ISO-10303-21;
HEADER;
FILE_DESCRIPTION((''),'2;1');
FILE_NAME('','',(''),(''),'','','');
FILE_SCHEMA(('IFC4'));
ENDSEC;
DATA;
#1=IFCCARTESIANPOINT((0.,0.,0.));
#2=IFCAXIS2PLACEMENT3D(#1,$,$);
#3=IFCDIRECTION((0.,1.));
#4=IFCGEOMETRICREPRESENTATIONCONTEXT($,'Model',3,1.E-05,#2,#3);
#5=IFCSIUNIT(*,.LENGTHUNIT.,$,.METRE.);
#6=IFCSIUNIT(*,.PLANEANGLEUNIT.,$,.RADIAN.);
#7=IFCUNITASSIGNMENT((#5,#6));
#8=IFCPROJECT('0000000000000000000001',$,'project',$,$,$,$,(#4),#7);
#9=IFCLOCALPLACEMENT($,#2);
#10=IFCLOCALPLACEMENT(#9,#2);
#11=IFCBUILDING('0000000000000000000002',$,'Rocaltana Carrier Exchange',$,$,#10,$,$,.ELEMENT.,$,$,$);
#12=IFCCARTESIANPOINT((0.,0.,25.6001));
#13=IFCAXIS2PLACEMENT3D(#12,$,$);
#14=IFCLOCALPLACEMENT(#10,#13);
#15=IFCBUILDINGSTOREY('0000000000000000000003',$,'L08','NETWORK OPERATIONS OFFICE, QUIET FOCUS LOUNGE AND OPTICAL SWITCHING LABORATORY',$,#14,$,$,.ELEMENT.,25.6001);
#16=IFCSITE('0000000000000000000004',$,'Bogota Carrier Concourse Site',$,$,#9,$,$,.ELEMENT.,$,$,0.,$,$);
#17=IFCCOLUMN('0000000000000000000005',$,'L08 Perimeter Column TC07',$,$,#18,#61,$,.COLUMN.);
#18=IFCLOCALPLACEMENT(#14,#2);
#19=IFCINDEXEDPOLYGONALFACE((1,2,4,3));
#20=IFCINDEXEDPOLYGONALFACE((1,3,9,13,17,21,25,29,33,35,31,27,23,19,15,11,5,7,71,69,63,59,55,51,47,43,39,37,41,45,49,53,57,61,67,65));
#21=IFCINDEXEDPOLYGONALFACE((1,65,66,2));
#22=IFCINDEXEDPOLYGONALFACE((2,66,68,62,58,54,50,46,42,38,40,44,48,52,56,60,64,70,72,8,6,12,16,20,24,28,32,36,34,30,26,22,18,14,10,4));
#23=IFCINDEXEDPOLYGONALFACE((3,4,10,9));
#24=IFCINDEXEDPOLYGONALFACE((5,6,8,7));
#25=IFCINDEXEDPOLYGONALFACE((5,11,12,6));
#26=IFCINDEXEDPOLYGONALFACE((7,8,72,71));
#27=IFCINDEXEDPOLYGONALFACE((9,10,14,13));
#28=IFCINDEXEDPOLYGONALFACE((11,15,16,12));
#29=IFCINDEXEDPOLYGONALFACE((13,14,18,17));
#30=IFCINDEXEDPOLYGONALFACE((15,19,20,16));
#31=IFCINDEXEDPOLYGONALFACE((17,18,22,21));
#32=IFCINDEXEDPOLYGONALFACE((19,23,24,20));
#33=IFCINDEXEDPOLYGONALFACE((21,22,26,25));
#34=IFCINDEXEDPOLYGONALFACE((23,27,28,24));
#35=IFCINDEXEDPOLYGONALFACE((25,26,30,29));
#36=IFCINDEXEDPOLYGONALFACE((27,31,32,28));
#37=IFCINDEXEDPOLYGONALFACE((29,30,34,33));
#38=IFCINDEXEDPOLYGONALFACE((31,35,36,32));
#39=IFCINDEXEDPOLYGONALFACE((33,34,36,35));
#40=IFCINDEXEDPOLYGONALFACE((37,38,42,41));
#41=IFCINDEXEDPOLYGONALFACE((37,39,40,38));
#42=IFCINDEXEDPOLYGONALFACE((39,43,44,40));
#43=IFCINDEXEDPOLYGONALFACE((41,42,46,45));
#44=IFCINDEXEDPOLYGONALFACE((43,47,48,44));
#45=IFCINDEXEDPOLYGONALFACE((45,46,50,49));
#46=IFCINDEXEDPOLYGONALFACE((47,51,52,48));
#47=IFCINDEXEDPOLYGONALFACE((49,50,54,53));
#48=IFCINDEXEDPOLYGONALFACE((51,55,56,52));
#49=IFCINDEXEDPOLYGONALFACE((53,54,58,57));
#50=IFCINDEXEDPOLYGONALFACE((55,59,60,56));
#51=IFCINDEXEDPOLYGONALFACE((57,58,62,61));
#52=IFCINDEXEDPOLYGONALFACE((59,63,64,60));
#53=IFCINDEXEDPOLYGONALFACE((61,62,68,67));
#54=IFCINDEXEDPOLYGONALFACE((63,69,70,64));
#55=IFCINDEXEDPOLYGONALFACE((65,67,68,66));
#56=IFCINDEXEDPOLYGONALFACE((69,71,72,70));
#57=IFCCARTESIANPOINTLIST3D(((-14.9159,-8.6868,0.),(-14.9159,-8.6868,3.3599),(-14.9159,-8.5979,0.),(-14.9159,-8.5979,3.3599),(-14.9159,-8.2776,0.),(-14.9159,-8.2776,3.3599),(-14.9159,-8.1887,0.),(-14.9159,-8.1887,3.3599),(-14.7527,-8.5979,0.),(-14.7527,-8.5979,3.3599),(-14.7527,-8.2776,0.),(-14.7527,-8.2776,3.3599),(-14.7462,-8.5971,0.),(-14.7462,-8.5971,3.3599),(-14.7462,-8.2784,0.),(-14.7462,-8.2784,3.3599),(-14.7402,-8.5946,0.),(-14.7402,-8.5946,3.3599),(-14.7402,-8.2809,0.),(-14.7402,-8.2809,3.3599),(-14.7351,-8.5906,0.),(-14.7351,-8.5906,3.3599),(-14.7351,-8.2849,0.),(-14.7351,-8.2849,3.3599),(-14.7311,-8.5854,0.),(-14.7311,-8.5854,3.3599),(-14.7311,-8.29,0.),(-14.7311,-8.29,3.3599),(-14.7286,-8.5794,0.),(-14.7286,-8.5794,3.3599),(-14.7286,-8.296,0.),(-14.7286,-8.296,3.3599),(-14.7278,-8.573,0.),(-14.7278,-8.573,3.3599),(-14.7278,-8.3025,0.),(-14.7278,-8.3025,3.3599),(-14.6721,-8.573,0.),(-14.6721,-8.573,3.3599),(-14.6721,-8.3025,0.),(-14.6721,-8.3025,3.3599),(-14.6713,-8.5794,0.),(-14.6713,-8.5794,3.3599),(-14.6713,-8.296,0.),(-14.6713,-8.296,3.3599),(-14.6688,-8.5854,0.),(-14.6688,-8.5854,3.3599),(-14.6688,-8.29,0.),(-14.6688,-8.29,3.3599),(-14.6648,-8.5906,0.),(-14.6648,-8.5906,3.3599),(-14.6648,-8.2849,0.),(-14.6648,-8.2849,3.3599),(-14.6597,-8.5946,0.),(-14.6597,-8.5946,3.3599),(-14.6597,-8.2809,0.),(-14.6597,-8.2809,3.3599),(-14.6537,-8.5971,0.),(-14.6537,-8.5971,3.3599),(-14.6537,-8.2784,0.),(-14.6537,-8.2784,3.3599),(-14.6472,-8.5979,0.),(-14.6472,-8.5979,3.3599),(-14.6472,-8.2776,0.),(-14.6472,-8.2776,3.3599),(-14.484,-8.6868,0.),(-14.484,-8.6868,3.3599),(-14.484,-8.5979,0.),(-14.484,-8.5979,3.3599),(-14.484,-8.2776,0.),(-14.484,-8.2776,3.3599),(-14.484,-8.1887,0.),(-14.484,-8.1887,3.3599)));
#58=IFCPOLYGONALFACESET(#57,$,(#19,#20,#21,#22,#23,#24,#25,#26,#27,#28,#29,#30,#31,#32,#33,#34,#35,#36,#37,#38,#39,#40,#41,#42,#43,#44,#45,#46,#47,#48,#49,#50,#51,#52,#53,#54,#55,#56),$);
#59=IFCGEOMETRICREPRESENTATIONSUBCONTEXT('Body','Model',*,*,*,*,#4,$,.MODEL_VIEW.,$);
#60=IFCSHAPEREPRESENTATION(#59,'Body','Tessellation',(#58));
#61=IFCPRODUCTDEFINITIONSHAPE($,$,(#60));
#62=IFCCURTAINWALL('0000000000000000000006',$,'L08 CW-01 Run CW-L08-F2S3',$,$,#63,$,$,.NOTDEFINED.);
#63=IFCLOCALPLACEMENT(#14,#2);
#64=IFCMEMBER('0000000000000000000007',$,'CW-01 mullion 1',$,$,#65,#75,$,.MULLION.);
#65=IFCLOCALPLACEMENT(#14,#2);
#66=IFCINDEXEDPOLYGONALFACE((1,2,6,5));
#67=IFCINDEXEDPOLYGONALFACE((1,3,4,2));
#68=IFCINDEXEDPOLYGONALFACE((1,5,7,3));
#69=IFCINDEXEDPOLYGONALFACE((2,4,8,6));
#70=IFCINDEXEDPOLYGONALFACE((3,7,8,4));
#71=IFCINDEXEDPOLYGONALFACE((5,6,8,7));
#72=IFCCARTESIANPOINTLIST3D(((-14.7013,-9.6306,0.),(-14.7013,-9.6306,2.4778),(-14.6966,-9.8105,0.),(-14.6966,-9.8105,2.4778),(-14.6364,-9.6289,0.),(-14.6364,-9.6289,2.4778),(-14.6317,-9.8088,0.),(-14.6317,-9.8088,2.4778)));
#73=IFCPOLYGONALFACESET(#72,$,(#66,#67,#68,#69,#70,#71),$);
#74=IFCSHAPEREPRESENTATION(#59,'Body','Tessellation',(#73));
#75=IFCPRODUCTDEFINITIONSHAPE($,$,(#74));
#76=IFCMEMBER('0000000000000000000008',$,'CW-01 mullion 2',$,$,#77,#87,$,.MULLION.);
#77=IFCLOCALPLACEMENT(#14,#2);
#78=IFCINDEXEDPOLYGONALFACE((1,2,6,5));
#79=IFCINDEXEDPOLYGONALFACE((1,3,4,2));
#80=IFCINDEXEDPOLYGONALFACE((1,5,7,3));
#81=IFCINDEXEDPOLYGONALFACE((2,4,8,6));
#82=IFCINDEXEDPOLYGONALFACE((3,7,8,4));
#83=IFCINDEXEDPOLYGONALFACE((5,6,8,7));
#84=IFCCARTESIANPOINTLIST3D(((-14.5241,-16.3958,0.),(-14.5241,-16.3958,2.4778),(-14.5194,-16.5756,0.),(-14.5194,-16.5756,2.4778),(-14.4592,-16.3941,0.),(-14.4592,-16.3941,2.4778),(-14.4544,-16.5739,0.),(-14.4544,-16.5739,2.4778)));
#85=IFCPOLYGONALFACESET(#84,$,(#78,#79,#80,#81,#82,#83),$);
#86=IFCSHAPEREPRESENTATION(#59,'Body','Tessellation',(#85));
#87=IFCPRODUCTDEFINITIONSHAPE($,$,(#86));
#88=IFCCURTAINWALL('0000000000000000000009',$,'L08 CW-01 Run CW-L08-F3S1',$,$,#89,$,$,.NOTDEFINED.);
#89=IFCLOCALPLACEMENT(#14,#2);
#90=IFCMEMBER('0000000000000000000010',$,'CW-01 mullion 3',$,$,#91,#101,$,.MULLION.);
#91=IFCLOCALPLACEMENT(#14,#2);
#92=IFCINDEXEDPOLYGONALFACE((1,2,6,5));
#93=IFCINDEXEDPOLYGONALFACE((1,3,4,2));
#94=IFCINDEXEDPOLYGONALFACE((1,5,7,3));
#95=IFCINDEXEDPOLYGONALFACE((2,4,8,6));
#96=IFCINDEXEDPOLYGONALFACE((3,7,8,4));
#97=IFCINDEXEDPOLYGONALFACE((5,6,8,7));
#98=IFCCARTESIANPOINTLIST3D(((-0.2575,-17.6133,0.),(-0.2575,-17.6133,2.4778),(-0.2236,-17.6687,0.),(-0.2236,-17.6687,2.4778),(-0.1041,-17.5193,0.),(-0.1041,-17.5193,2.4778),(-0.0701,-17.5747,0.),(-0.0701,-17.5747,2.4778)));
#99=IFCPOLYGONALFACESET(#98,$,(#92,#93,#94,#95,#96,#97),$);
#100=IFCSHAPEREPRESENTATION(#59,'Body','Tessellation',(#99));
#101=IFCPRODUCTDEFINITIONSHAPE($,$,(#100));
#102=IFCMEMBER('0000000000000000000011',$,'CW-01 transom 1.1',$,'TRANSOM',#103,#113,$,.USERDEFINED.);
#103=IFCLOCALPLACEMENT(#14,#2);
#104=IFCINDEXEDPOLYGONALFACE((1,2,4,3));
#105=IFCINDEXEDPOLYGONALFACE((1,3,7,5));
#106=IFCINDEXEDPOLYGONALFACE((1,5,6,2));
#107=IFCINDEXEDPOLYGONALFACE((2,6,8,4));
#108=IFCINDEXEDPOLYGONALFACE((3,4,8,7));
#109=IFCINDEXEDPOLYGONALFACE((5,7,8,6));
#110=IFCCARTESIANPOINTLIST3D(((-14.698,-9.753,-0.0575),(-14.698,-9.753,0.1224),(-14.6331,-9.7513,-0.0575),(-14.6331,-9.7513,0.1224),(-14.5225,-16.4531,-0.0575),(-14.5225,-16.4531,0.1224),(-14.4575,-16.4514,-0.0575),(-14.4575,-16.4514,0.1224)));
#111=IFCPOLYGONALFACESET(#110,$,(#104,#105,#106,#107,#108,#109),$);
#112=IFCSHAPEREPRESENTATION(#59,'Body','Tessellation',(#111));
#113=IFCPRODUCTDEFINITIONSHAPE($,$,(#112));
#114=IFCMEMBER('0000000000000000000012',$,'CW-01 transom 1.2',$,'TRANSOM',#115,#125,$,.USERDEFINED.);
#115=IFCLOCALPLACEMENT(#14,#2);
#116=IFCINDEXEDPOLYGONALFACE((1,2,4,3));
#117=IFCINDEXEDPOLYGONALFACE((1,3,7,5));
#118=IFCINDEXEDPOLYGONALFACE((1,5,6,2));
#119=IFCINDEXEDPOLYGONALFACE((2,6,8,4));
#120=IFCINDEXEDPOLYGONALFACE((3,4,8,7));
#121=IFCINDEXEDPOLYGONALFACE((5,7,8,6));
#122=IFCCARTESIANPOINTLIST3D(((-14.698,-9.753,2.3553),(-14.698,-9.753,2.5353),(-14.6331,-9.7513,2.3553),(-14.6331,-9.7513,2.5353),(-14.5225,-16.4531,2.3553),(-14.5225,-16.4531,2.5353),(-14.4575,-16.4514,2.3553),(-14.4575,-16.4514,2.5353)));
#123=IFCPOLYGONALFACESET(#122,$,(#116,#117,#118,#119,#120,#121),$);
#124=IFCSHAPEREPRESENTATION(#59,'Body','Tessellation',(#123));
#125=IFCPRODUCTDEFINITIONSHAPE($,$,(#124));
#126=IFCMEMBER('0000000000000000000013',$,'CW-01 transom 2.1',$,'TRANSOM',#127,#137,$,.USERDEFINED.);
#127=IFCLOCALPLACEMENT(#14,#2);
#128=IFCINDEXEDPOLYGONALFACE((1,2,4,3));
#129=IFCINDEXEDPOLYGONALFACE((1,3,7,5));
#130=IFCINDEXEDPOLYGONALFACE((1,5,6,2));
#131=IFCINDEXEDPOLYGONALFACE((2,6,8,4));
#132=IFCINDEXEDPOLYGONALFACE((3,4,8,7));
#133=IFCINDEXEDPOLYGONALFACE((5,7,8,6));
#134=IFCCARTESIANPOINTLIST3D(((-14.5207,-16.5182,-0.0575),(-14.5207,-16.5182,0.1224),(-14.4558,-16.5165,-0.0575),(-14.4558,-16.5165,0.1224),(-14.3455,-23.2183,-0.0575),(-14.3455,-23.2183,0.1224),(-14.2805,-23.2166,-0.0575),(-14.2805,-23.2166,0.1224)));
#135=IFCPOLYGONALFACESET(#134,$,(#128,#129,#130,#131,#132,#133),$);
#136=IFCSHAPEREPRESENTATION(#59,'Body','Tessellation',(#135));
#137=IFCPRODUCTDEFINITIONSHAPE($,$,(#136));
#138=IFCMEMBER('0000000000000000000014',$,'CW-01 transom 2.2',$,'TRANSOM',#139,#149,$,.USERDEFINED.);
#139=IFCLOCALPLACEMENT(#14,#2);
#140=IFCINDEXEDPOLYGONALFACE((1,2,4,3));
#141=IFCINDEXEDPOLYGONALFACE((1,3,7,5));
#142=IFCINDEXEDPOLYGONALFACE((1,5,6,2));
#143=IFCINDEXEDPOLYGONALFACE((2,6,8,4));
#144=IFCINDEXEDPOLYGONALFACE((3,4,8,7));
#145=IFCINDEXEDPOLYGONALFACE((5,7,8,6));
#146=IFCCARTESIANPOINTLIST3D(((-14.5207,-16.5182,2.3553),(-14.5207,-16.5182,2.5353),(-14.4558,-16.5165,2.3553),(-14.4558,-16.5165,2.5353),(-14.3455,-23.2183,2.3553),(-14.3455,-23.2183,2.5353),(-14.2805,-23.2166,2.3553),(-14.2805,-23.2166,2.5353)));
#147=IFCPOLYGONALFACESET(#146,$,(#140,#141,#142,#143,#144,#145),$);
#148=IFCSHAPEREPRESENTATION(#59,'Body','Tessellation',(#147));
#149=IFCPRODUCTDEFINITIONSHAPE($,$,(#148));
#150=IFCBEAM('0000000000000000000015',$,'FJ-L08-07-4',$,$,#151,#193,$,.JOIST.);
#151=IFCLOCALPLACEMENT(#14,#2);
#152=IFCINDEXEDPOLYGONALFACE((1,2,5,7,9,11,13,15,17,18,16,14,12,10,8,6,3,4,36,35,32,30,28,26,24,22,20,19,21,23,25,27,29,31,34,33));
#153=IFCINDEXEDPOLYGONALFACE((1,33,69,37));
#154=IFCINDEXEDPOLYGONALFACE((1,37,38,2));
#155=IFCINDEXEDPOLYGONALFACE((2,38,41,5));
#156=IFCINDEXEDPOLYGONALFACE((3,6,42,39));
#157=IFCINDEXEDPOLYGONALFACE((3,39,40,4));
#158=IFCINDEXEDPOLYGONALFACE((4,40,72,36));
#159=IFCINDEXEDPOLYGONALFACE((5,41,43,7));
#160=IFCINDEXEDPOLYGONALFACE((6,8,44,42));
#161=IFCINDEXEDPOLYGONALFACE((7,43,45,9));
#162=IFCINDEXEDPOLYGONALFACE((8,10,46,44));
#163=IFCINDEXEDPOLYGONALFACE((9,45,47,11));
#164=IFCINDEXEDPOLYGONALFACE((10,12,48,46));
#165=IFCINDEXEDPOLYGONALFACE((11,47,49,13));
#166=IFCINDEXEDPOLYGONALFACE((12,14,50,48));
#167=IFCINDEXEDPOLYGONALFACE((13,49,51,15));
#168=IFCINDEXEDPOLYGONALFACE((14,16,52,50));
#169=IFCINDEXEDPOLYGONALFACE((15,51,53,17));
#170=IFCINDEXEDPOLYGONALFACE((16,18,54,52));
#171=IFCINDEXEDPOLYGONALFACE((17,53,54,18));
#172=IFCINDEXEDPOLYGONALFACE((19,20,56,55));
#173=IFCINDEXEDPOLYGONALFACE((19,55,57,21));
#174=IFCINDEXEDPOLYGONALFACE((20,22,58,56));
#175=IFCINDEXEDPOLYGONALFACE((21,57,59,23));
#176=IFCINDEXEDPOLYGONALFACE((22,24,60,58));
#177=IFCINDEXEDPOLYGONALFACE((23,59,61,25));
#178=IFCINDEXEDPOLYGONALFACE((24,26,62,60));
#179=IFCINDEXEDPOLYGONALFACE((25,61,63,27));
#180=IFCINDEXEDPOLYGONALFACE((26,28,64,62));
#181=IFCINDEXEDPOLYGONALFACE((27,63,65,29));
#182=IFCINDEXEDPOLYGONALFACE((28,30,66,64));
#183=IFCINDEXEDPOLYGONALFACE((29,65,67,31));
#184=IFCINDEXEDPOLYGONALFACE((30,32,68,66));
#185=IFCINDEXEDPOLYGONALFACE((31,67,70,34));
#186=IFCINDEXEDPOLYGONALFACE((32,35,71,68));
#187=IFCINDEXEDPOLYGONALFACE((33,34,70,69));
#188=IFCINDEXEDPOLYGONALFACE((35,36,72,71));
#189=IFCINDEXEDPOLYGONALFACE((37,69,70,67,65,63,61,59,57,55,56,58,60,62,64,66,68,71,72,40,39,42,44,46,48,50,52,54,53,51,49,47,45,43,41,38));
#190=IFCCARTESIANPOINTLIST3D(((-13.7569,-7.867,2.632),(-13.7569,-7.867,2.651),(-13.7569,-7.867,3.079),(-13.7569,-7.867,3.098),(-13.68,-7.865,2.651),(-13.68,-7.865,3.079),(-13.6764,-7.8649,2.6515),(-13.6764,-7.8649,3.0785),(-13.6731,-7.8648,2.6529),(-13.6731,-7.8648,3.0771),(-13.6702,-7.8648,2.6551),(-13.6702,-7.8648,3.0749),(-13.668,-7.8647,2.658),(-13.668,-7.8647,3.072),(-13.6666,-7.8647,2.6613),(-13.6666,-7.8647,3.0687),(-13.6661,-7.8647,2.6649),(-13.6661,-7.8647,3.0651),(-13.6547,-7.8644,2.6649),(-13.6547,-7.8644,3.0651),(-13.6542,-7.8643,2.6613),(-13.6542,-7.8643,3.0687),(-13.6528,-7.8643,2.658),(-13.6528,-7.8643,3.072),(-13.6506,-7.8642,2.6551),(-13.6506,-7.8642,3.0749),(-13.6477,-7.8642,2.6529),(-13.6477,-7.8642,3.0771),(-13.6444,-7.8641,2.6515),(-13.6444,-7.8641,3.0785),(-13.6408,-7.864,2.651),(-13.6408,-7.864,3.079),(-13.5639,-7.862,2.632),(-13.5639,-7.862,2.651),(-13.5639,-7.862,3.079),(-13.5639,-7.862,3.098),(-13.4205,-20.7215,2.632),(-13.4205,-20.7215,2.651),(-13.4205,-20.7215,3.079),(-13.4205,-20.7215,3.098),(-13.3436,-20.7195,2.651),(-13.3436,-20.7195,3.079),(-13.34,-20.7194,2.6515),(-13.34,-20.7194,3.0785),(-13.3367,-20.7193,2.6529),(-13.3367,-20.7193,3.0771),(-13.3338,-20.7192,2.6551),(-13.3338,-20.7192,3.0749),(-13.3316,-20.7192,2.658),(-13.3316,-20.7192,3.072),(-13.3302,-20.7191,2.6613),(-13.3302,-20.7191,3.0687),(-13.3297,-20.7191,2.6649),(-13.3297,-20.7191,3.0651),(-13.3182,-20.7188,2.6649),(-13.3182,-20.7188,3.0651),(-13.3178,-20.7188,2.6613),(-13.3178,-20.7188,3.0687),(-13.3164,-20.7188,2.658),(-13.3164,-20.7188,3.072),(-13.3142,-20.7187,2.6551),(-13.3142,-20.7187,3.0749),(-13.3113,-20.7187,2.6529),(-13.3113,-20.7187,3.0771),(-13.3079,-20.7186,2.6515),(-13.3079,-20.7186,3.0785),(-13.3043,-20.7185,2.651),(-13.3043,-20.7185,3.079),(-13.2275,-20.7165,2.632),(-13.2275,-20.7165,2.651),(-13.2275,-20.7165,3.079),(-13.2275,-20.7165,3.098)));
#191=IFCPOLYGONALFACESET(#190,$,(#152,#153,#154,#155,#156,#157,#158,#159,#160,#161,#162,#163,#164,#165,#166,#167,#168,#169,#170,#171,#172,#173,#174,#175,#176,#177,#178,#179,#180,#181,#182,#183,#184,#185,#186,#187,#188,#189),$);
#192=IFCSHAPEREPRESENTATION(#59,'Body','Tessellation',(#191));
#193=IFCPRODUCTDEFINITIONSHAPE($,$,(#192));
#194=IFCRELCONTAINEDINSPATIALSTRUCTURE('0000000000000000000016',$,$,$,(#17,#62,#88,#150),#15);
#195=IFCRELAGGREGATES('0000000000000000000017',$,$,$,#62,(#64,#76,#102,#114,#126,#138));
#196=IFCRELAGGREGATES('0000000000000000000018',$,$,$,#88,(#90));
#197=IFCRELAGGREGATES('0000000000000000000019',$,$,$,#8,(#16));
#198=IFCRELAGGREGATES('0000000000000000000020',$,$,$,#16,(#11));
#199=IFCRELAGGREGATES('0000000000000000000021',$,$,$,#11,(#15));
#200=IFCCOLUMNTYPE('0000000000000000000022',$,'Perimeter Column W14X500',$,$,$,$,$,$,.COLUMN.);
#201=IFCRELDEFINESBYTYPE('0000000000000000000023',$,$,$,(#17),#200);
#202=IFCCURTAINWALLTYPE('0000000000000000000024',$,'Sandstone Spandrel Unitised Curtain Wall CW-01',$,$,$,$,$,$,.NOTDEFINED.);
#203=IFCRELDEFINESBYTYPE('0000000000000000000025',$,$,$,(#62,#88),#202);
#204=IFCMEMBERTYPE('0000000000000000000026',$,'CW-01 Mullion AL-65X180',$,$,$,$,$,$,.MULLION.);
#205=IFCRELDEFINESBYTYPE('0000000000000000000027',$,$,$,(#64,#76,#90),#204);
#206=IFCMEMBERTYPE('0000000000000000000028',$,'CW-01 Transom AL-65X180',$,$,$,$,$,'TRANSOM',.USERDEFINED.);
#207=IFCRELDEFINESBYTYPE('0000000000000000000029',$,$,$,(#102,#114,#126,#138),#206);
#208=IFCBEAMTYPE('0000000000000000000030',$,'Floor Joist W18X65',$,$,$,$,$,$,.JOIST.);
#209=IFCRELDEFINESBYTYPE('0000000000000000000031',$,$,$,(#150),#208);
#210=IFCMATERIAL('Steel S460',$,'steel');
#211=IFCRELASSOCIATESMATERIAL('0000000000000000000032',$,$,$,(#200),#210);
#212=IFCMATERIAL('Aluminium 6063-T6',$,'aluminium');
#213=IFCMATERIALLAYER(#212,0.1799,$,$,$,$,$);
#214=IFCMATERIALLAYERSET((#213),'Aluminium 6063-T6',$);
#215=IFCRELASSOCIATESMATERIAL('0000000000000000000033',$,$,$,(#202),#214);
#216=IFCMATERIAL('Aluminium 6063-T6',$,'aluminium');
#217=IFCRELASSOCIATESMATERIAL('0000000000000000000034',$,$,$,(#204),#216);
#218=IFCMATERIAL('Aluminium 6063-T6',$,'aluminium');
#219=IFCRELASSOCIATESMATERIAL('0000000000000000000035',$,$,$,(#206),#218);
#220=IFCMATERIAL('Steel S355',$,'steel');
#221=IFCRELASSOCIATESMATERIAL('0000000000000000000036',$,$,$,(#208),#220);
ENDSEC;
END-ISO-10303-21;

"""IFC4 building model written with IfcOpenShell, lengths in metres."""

from ifc_helpers import new_model, si_unit, direction, frame, origin, origin_2d, place, context, subcontext, project, spatial, rectangle, i_section, extrude, material, layer, layer_set, material_profile, profile_set, type_object, element, aggregate, save


model = new_model("IFC4")

# Units and contexts
model_context = context("Model", 3, precision=1e-05, world=origin(), true_north=direction((0.0, 1.0)))
body_context = subcontext(model_context, "Body", "Model", "MODEL_VIEW")
ifc_project = project(units=[si_unit("LENGTHUNIT", "METRE"), si_unit("PLANEANGLEUNIT", "RADIAN")], contexts=[model_context])

# Site, building, storey
site_placement = place(None, origin())
site = spatial("IfcSite", under=ifc_project, at=site_placement, Name="Bogota Carrier Concourse Site", CompositionType="ELEMENT", RefElevation=0.0)
building_placement = place(site_placement, origin())
building = spatial("IfcBuilding", under=site, at=building_placement, Name="Rocaltana Carrier Exchange", CompositionType="ELEMENT")
storey_placement = place(building_placement, frame((0.0, 0.0, 25.6001)))
storey = spatial("IfcBuildingStorey", under=building, at=storey_placement, Name="L08", Description="NETWORK OPERATIONS OFFICE, QUIET FOCUS LOUNGE AND OPTICAL SWITCHING LABORATORY", CompositionType="ELEMENT", Elevation=25.6001)

# Column
ifc_material_1 = material(Name="Steel S460", Category="steel")
ifc_material_profile_1 = material_profile(ifc_material_1, i_section(OverallWidth=0.4319, OverallDepth=0.498, WebThickness=0.0557, FlangeThickness=0.0889, FilletRadius=0.0249, at=origin_2d()), Name="W14X500")
ifc_profile_set_1 = profile_set([ifc_material_profile_1], Name="Steel S460")
column_type = type_object("IfcColumnType", Name="Perimeter Column W14X500", PredefinedType="COLUMN", material=ifc_profile_set_1)
column_placement = place(storey_placement, frame((-14.7, -8.4377, 0.0), z_axis=(0.0, 0.0, 1.0), x_axis=(1.0, 0.0, 0.0)))
element("IfcColumn", 1, at=column_placement, inside=storey, type_object=column_type, Name="L08 Perimeter Column TC07", PredefinedType="COLUMN", context=body_context, shape_type="SweptSolid", body=[
    extrude(i_section(OverallWidth=0.4319, OverallDepth=0.498, WebThickness=0.0557, FlangeThickness=0.0889, FilletRadius=0.0249, at=origin_2d()), origin(), (0.0, 0.0, 1.0), 3.3599),
])

# Curtain wall, members
ifc_material_2 = material(Name="Aluminium 6063-T6", Category="aluminium")
ifc_layer_1 = layer(ifc_material_2, 0.1799)
ifc_layer_set_1 = layer_set([ifc_layer_1], Name="Aluminium 6063-T6")
curtain_wall_type = type_object("IfcCurtainWallType", Name="Sandstone Spandrel Unitised Curtain Wall CW-01", PredefinedType="NOTDEFINED", material=ifc_layer_set_1)
curtain_wall_1_placement = place(storey_placement, origin())
curtain_wall_1 = element("IfcCurtainWall", 2, at=curtain_wall_1_placement, inside=storey, type_object=curtain_wall_type, Name="L08 CW-01 Run CW-L08-F2S3", PredefinedType="NOTDEFINED")
ifc_material_3 = material(Name="Aluminium 6063-T6", Category="aluminium")
ifc_material_profile_2 = material_profile(ifc_material_3, rectangle(XDim=0.0649, YDim=0.1799, at=origin_2d()), Name="AL-65X180")
ifc_profile_set_2 = profile_set([ifc_material_profile_2], Name="Aluminium 6063-T6")
member_type_1 = type_object("IfcMemberType", Name="CW-01 Mullion AL-65X180", PredefinedType="MULLION", material=ifc_profile_set_2)
member_1_placement = place(storey_placement, frame((-14.6665, -9.7197, 0.0), z_axis=(0.0, 0.0, 1.0), x_axis=(0.999657, 0.026184, 0.0)))
member_1 = element("IfcMember", 3, at=member_1_placement, type_object=member_type_1, Name="CW-01 mullion 1", PredefinedType="MULLION", context=body_context, shape_type="SweptSolid", body=[
    extrude(rectangle(XDim=0.0649, YDim=0.1799, at=origin_2d()), origin(), (0.0, 0.0, 1.0), 2.4778),
])
member_2_placement = place(storey_placement, frame((-14.4893, -16.4849, 0.0), z_axis=(0.0, 0.0, 1.0), x_axis=(0.999657, 0.026184, 0.0)))
member_2 = element("IfcMember", 4, at=member_2_placement, type_object=member_type_1, Name="CW-01 mullion 2", PredefinedType="MULLION", context=body_context, shape_type="SweptSolid", body=[
    extrude(rectangle(XDim=0.0649, YDim=0.1799, at=origin_2d()), origin(), (0.0, 0.0, 1.0), 2.4778),
])

# Curtain wall, member
curtain_wall_2_placement = place(storey_placement, origin())
curtain_wall_2 = element("IfcCurtainWall", 5, at=curtain_wall_2_placement, inside=storey, type_object=curtain_wall_type, Name="L08 CW-01 Run CW-L08-F3S1", PredefinedType="NOTDEFINED")
member_3_placement = place(storey_placement, frame((-0.1638, -17.594, 0.0), z_axis=(0.0, 0.0, 1.0), x_axis=(-0.522505, 0.852636, 0.0)))
member_3 = element("IfcMember", 6, at=member_3_placement, type_object=member_type_1, Name="CW-01 mullion 3", PredefinedType="MULLION", context=body_context, shape_type="SweptSolid", body=[
    extrude(rectangle(XDim=0.0649, YDim=0.1799, at=origin_2d()), origin(), (0.0, 0.0, 1.0), 2.4778),
])

# Members
ifc_material_4 = material(Name="Aluminium 6063-T6", Category="aluminium")
ifc_material_profile_3 = material_profile(ifc_material_4, rectangle(XDim=0.0649, YDim=0.1799, at=origin_2d()), Name="AL-65X180")
ifc_profile_set_3 = profile_set([ifc_material_profile_3], Name="Aluminium 6063-T6")
member_type_2 = type_object("IfcMemberType", Name="CW-01 Transom AL-65X180", ElementType="TRANSOM", PredefinedType="USERDEFINED", material=ifc_profile_set_3)
member_4_placement = place(storey_placement, frame((-14.6655, -9.7522, 0.0325), z_axis=(0.02619, -0.999657, 0.0), x_axis=(0.999657, 0.02619, 0.0)))
member_4 = element("IfcMember", 7, at=member_4_placement, type_object=member_type_2, Name="CW-01 transom 1.1", ObjectType="TRANSOM", PredefinedType="USERDEFINED", context=body_context, shape_type="SweptSolid", body=[
    extrude(rectangle(XDim=0.0649, YDim=0.1799, at=origin_2d()), origin(), (0.0, 0.0, 1.0), 6.7024),
])
member_5_placement = place(storey_placement, frame((-14.6655, -9.7522, 2.4453), z_axis=(0.02619, -0.999657, 0.0), x_axis=(0.999657, 0.02619, 0.0)))
member_5 = element("IfcMember", 8, at=member_5_placement, type_object=member_type_2, Name="CW-01 transom 1.2", ObjectType="TRANSOM", PredefinedType="USERDEFINED", context=body_context, shape_type="SweptSolid", body=[
    extrude(rectangle(XDim=0.0649, YDim=0.1799, at=origin_2d()), origin(), (0.0, 0.0, 1.0), 6.7024),
])
member_6_placement = place(storey_placement, frame((-14.4883, -16.5173, 0.0325), z_axis=(0.026153, -0.999658, 0.0), x_axis=(0.999658, 0.026153, 0.0)))
member_6 = element("IfcMember", 9, at=member_6_placement, type_object=member_type_2, Name="CW-01 transom 2.1", ObjectType="TRANSOM", PredefinedType="USERDEFINED", context=body_context, shape_type="SweptSolid", body=[
    extrude(rectangle(XDim=0.0649, YDim=0.1799, at=origin_2d()), origin(), (0.0, 0.0, 1.0), 6.7024),
])
member_7_placement = place(storey_placement, frame((-14.4883, -16.5173, 2.4453), z_axis=(0.026153, -0.999658, 0.0), x_axis=(0.999658, 0.026153, 0.0)))
member_7 = element("IfcMember", 10, at=member_7_placement, type_object=member_type_2, Name="CW-01 transom 2.2", ObjectType="TRANSOM", PredefinedType="USERDEFINED", context=body_context, shape_type="SweptSolid", body=[
    extrude(rectangle(XDim=0.0649, YDim=0.1799, at=origin_2d()), origin(), (0.0, 0.0, 1.0), 6.7024),
])

# Beam
ifc_material_5 = material(Name="Steel S355", Category="steel")
ifc_material_profile_4 = material_profile(ifc_material_5, i_section(OverallWidth=0.1931, OverallDepth=0.4661, WebThickness=0.0115, FlangeThickness=0.019, FilletRadius=0.0139, at=origin_2d()), Name="W18X65")
ifc_profile_set_4 = profile_set([ifc_material_profile_4], Name="Steel S355")
beam_type_1 = type_object("IfcBeamType", Name="Floor Joist W18X65", PredefinedType="JOIST", material=ifc_profile_set_4)
beam_1_placement = place(storey_placement, frame((-13.6604, -7.8645, 2.865), z_axis=(0.026163, -0.999658, 0.0), x_axis=(0.999658, 0.026163, 0.0)))
element("IfcBeam", 11, at=beam_1_placement, inside=storey, type_object=beam_type_1, Name="FJ-L08-07-4", PredefinedType="JOIST", context=body_context, shape_type="SweptSolid", body=[
    extrude(i_section(OverallWidth=0.1931, OverallDepth=0.4661, WebThickness=0.0115, FlangeThickness=0.019, FilletRadius=0.0139, at=origin_2d()), origin(), (0.0, 0.0, 1.0), 12.8589),
])

aggregate(curtain_wall_1, [member_1, member_2, member_4, member_5, member_6, member_7])
aggregate(curtain_wall_2, [member_3])

save(model, "model.ifc")
